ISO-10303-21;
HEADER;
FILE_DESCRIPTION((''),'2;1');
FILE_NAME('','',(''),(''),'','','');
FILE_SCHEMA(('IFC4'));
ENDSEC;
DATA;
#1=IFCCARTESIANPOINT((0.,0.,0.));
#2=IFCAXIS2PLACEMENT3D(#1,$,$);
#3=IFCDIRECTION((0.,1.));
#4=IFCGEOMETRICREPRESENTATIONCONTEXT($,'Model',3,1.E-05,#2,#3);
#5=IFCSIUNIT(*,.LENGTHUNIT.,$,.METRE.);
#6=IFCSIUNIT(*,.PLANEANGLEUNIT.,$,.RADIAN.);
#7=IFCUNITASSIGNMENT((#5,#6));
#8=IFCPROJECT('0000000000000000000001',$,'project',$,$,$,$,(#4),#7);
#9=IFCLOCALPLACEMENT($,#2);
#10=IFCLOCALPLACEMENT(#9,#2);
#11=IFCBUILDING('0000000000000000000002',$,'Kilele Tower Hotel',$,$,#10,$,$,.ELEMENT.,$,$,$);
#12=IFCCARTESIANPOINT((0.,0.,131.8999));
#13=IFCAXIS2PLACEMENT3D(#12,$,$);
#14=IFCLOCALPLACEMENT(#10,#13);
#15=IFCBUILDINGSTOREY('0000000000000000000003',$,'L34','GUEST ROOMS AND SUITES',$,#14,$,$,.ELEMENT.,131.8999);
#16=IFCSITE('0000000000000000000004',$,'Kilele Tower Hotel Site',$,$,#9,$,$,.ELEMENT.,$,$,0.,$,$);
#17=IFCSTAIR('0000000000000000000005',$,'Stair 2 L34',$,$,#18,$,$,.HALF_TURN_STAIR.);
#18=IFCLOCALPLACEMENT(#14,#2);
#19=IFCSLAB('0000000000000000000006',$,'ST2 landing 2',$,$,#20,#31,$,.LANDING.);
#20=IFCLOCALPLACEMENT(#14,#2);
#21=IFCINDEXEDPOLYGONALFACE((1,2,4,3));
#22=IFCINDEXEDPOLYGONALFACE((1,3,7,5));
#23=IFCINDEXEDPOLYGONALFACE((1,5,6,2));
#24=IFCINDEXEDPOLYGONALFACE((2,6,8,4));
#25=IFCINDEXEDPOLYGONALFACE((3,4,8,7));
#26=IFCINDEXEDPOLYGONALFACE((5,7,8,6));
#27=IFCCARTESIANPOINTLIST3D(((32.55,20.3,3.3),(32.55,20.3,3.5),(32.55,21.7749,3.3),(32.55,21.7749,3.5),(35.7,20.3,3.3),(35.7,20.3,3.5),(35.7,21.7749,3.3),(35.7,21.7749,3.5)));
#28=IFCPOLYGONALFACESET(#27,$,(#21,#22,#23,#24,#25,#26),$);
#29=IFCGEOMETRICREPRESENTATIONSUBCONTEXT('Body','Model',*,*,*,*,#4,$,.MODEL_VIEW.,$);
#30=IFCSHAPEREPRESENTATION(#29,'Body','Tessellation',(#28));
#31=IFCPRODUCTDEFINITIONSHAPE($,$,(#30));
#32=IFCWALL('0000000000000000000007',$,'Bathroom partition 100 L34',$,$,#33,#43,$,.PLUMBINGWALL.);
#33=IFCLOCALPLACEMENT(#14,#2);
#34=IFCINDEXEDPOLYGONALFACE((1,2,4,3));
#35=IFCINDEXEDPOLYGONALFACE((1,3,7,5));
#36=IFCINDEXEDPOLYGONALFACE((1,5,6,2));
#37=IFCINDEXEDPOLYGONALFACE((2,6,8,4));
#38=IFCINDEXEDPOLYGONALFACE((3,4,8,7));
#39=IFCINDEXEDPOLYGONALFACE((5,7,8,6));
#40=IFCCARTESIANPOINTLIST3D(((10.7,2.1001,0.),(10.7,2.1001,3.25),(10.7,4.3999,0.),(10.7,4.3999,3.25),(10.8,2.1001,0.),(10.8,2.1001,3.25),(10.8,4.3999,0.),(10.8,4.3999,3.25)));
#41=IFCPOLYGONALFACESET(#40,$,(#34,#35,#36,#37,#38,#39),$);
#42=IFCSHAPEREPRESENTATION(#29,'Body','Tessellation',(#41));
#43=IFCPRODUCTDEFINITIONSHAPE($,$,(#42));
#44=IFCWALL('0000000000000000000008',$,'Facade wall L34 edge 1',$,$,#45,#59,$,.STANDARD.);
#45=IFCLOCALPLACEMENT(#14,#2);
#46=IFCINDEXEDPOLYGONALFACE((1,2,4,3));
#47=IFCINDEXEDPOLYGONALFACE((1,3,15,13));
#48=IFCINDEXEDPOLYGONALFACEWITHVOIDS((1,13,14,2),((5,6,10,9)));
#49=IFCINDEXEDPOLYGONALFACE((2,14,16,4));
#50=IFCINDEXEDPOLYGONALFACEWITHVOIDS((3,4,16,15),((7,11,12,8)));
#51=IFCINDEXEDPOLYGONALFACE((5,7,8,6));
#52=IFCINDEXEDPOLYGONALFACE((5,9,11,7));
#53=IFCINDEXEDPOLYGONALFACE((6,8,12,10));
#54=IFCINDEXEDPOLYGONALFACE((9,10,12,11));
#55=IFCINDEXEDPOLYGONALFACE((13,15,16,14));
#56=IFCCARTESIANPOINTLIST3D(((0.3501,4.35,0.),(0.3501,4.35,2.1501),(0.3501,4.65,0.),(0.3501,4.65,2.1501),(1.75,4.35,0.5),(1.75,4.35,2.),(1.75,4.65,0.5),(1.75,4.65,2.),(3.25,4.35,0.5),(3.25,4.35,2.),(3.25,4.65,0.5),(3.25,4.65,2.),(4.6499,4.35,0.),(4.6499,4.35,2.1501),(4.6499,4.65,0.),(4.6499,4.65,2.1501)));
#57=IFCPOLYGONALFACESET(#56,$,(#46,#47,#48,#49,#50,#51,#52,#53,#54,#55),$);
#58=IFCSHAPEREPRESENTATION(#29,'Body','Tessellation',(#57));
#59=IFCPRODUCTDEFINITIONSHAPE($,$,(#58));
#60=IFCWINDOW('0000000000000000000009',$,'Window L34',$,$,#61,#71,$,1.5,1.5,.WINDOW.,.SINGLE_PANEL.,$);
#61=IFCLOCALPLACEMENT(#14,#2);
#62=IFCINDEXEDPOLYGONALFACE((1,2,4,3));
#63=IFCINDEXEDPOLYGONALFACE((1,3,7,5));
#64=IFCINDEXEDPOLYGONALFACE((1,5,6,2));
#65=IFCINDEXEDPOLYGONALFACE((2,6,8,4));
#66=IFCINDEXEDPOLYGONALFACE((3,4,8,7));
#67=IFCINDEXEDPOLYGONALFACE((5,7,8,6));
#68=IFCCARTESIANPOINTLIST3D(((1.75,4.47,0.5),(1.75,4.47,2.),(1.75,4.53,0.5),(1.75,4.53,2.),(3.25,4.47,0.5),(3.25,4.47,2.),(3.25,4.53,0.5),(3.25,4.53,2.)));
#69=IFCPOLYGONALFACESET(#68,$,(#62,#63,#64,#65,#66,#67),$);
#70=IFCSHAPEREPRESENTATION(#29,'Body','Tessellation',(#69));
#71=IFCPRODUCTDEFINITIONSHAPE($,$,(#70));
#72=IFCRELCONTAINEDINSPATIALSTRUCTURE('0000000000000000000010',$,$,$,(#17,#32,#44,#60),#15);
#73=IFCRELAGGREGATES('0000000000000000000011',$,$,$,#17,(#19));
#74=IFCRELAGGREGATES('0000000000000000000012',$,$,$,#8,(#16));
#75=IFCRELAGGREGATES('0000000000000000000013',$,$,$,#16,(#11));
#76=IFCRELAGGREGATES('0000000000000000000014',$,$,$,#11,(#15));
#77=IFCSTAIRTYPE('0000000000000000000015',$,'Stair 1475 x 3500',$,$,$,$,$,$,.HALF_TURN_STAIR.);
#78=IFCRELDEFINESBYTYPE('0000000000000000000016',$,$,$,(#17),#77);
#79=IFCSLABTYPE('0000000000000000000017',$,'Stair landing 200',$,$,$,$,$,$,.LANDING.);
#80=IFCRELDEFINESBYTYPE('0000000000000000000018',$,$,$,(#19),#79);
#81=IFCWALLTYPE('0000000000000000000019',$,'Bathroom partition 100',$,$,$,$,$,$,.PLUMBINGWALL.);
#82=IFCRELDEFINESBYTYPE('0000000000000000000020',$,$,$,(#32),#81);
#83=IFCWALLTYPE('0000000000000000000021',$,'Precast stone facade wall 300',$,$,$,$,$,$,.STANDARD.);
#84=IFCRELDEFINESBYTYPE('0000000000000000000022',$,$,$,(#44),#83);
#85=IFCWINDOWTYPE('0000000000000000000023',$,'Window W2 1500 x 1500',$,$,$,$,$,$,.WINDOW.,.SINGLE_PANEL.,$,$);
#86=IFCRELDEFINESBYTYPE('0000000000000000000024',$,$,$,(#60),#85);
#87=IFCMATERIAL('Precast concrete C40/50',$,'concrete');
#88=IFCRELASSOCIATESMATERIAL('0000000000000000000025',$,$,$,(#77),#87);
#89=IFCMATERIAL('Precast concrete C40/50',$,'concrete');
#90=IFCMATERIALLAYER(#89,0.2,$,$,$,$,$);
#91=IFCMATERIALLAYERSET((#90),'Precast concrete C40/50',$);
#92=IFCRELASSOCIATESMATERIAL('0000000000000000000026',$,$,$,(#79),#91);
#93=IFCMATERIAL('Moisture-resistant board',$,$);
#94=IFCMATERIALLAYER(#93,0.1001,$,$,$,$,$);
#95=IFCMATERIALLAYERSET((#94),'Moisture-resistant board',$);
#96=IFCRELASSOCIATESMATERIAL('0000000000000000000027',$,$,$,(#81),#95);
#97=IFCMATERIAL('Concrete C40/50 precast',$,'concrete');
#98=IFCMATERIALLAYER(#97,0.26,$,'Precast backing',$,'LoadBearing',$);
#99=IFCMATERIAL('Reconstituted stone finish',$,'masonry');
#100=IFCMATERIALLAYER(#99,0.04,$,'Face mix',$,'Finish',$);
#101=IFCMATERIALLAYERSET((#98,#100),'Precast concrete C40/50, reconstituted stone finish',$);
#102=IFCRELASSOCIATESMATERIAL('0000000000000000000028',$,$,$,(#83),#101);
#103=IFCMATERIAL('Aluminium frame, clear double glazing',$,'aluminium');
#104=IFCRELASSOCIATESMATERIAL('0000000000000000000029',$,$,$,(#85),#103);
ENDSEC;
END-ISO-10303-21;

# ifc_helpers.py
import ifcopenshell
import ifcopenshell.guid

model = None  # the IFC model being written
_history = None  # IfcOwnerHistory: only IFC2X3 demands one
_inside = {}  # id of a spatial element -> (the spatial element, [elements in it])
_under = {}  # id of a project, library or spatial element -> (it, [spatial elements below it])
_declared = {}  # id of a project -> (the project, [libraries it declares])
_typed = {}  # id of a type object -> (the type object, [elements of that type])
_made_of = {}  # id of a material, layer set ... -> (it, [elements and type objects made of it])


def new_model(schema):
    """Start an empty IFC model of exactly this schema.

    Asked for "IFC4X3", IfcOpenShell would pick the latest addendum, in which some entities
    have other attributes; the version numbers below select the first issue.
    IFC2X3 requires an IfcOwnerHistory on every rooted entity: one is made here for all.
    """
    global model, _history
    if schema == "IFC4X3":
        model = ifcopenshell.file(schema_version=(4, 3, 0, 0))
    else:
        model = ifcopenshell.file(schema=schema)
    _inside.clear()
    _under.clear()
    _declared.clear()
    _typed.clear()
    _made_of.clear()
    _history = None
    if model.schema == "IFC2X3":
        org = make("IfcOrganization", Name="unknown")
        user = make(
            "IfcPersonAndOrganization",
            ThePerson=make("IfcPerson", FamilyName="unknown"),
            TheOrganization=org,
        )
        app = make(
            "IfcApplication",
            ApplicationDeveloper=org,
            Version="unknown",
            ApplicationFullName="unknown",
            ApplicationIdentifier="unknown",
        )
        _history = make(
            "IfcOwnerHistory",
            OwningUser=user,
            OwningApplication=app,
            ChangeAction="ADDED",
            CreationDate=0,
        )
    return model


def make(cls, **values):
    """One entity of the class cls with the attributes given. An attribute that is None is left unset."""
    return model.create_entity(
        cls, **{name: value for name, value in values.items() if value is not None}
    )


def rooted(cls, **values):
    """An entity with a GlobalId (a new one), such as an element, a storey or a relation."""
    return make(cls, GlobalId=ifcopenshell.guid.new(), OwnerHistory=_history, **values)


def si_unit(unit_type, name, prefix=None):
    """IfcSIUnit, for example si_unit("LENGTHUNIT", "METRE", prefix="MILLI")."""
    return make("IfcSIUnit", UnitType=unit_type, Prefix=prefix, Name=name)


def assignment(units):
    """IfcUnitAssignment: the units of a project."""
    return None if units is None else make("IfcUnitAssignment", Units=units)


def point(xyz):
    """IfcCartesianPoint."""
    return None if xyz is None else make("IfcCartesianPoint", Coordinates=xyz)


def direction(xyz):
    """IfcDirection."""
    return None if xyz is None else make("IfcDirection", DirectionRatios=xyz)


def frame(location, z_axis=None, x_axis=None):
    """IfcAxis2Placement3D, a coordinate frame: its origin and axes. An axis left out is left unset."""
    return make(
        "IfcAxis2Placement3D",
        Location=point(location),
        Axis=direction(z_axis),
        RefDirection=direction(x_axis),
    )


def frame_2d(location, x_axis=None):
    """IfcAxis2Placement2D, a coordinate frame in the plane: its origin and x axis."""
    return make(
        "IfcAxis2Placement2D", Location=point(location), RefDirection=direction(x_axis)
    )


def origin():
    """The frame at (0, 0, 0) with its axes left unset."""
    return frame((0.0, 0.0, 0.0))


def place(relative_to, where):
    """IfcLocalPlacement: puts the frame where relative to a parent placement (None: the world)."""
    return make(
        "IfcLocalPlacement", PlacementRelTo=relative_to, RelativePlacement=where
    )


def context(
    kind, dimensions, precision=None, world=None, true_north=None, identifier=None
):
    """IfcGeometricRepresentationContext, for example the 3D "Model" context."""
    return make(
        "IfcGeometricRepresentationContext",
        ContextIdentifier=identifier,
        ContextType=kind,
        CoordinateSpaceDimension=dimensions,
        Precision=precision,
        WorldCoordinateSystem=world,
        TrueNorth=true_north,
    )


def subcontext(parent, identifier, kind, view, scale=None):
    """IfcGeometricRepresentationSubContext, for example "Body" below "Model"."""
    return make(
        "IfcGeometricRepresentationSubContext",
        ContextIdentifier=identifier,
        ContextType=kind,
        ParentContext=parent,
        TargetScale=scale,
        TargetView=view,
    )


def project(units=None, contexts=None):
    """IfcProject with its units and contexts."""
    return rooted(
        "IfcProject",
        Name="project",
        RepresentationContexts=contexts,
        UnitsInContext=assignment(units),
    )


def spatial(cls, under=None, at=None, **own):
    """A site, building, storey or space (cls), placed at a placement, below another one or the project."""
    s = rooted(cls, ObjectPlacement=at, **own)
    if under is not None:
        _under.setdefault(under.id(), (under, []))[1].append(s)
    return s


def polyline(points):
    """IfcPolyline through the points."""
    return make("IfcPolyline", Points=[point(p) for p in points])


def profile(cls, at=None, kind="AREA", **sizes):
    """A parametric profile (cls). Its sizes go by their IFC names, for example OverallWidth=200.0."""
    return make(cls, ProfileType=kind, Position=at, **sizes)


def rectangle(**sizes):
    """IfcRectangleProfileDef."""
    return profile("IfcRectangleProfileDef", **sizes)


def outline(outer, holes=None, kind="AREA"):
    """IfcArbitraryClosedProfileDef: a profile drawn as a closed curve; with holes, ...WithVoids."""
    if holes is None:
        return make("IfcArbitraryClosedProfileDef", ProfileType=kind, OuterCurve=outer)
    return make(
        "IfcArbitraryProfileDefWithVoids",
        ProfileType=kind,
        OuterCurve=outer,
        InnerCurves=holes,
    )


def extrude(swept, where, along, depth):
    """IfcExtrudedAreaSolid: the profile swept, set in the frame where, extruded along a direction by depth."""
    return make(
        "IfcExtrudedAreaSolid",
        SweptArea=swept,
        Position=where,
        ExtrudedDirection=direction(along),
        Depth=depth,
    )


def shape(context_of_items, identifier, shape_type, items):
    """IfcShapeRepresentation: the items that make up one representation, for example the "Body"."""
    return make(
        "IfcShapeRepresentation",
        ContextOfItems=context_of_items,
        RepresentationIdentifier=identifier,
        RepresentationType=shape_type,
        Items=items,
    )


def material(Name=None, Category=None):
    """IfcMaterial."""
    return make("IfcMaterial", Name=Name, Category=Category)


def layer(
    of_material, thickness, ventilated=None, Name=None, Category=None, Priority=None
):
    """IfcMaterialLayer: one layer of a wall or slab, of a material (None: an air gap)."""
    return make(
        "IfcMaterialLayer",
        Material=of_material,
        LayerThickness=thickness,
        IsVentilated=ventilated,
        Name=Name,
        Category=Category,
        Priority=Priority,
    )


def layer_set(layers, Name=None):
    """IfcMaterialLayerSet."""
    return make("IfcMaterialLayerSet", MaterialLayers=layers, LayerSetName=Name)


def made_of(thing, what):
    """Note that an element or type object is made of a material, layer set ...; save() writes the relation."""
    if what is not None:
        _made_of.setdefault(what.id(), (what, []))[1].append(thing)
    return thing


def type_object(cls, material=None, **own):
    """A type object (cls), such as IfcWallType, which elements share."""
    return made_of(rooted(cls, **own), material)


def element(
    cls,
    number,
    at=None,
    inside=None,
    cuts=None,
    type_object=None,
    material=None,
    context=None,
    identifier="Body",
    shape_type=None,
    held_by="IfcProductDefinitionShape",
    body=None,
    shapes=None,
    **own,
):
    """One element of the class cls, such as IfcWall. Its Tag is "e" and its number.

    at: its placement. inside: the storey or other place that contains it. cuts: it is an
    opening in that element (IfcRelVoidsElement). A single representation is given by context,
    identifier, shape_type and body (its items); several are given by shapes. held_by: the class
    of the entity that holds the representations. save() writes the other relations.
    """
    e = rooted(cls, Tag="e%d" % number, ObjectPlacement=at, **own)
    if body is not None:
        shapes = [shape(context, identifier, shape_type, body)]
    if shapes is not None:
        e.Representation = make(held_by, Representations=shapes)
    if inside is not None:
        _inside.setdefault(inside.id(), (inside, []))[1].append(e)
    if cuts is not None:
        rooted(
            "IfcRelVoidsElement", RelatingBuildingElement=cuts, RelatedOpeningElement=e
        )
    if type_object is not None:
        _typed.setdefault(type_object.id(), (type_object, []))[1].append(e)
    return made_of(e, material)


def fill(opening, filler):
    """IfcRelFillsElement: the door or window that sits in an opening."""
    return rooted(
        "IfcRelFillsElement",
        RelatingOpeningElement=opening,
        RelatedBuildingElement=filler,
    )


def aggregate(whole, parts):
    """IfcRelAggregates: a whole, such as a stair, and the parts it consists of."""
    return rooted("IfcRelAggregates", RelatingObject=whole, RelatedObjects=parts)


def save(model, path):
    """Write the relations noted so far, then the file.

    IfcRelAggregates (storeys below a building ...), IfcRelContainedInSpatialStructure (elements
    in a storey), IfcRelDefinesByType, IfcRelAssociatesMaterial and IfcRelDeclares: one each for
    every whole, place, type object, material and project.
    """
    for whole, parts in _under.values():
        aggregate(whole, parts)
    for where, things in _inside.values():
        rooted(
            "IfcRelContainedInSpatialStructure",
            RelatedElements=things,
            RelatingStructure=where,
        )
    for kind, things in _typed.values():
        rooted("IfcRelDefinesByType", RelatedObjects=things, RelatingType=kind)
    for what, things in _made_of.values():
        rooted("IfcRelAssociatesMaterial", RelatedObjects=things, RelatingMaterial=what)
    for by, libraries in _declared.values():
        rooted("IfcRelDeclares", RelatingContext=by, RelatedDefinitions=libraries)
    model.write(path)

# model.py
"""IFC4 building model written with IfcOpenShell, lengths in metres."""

from ifc_helpers import new_model, si_unit, direction, frame, frame_2d, origin, place, context, subcontext, project, spatial, polyline, rectangle, outline, extrude, material, layer, layer_set, type_object, element, fill, aggregate, save


model = new_model("IFC4")

# Units and contexts
model_context = context("Model", 3, precision=1e-05, world=origin(), true_north=direction((0.0, 1.0)))
body_context = subcontext(model_context, "Body", "Model", "MODEL_VIEW")
ifc_project = project(units=[si_unit("LENGTHUNIT", "METRE"), si_unit("PLANEANGLEUNIT", "RADIAN")], contexts=[model_context])

# Site, building, storey
site_placement = place(None, origin())
site = spatial("IfcSite", under=ifc_project, at=site_placement, Name="Kilele Tower Hotel Site", CompositionType="ELEMENT", RefElevation=0.0)
building_placement = place(site_placement, origin())
building = spatial("IfcBuilding", under=site, at=building_placement, Name="Kilele Tower Hotel", CompositionType="ELEMENT")
storey_placement = place(building_placement, frame((0.0, 0.0, 131.8999)))
storey = spatial("IfcBuildingStorey", under=building, at=storey_placement, Name="L34", Description="GUEST ROOMS AND SUITES", CompositionType="ELEMENT", Elevation=131.8999)

# Stair, slab
ifc_material_1 = material(Name="Precast concrete C40/50", Category="concrete")
stair_type = type_object("IfcStairType", Name="Stair 1475 x 3500", PredefinedType="HALF_TURN_STAIR", material=ifc_material_1)
ifc_material_2 = material(Name="Precast concrete C40/50", Category="concrete")
ifc_layer_1 = layer(ifc_material_2, 0.2)
ifc_layer_set_1 = layer_set([ifc_layer_1], Name="Precast concrete C40/50")
slab_type_1 = type_object("IfcSlabType", Name="Stair landing 200", PredefinedType="LANDING", material=ifc_layer_set_1)
stair_1_placement = place(storey_placement, origin())
stair_1 = element("IfcStair", 1, at=stair_1_placement, inside=storey, type_object=stair_type, Name="Stair 2 L34", PredefinedType="HALF_TURN_STAIR")
slab_1_placement = place(storey_placement, frame((0.0, 0.0, 3.3)))
slab_1 = element("IfcSlab", 2, at=slab_1_placement, type_object=slab_type_1, Name="ST2 landing 2", PredefinedType="LANDING", context=body_context, shape_type="SweptSolid", body=[
    extrude(outline(polyline([(32.55, 20.3), (35.7, 20.3), (35.7, 21.7749), (32.55, 21.7749), (32.55, 20.3)])), origin(), (0.0, 0.0, 1.0), 0.2),
])
aggregate(stair_1, [slab_1])

# Wall
ifc_material_3 = material(Name="Moisture-resistant board")
ifc_layer_2 = layer(ifc_material_3, 0.1001)
ifc_layer_set_2 = layer_set([ifc_layer_2], Name="Moisture-resistant board")
wall_type_1 = type_object("IfcWallType", Name="Bathroom partition 100", PredefinedType="PLUMBINGWALL", material=ifc_layer_set_2)
wall_1_placement = place(storey_placement, frame((10.75, 4.3999, 0.0), z_axis=(0.0, 0.0, 1.0), x_axis=(0.0, -1.0, 0.0)))
element("IfcWall", 3, at=wall_1_placement, inside=storey, type_object=wall_type_1, Name="Bathroom partition 100 L34", PredefinedType="PLUMBINGWALL", context=body_context, shape_type="SweptSolid", body=[
    extrude(rectangle(XDim=2.2998, YDim=0.1001, at=frame_2d((1.1499, 0.0))), origin(), (0.0, 0.0, 1.0), 3.25),
])

# Wall, opening, window
ifc_material_4 = material(Name="Concrete C40/50 precast", Category="concrete")
ifc_layer_3 = layer(ifc_material_4, 0.26, Name="Precast backing", Category="LoadBearing")
ifc_material_5 = material(Name="Reconstituted stone finish", Category="masonry")
ifc_layer_4 = layer(ifc_material_5, 0.04, Name="Face mix", Category="Finish")
ifc_layer_set_3 = layer_set([ifc_layer_3, ifc_layer_4], Name="Precast concrete C40/50, reconstituted stone finish")
wall_type_2 = type_object("IfcWallType", Name="Precast stone facade wall 300", PredefinedType="STANDARD", material=ifc_layer_set_3)
wall_2_placement = place(storey_placement, frame((0.3501, 4.5, 0.0), z_axis=(0.0, 0.0, 1.0), x_axis=(1.0, 0.0, 0.0)))
wall_2 = element("IfcWall", 4, at=wall_2_placement, inside=storey, type_object=wall_type_2, Name="Facade wall L34 edge 1", PredefinedType="STANDARD", context=body_context, shape_type="SweptSolid", body=[
    extrude(rectangle(XDim=4.2998, YDim=0.3, at=frame_2d((2.1499, 0.0))), origin(), (0.0, 0.0, 1.0), 2.1501),
])
opening_1_placement = place(wall_2_placement, frame((1.3999, 0.0, 0.5)))
opening_1 = element("IfcOpeningElement", 5, at=opening_1_placement, cuts=wall_2, PredefinedType="OPENING", context=body_context, shape_type="SweptSolid", body=[
    extrude(rectangle(XDim=1.5, YDim=1.5, at=frame_2d((0.75, 0.75))), frame((0.0, 0.1599, 0.0), z_axis=(0.0, -1.0, 0.0), x_axis=(1.0, 0.0, 0.0)), (0.0, 0.0, 1.0), 0.3201),
])
ifc_material_6 = material(Name="Aluminium frame, clear double glazing", Category="aluminium")
window_type = type_object("IfcWindowType", Name="Window W2 1500 x 1500", PartitioningType="SINGLE_PANEL", PredefinedType="WINDOW", material=ifc_material_6)
window_1_placement = place(opening_1_placement, origin())
window_1 = element("IfcWindow", 6, at=window_1_placement, inside=storey, type_object=window_type, Name="Window L34", OverallHeight=1.5, OverallWidth=1.5, PartitioningType="SINGLE_PANEL", PredefinedType="WINDOW", context=body_context, shape_type="SweptSolid", body=[
    extrude(rectangle(XDim=1.5, YDim=1.5, at=frame_2d((0.75, 0.75))), frame((0.0, 0.03, 0.0), z_axis=(0.0, -1.0, 0.0), x_axis=(1.0, 0.0, 0.0)), (0.0, 0.0, 1.0), 0.0601),
])
fill(opening_1, window_1)

save(model, "model.ifc")
